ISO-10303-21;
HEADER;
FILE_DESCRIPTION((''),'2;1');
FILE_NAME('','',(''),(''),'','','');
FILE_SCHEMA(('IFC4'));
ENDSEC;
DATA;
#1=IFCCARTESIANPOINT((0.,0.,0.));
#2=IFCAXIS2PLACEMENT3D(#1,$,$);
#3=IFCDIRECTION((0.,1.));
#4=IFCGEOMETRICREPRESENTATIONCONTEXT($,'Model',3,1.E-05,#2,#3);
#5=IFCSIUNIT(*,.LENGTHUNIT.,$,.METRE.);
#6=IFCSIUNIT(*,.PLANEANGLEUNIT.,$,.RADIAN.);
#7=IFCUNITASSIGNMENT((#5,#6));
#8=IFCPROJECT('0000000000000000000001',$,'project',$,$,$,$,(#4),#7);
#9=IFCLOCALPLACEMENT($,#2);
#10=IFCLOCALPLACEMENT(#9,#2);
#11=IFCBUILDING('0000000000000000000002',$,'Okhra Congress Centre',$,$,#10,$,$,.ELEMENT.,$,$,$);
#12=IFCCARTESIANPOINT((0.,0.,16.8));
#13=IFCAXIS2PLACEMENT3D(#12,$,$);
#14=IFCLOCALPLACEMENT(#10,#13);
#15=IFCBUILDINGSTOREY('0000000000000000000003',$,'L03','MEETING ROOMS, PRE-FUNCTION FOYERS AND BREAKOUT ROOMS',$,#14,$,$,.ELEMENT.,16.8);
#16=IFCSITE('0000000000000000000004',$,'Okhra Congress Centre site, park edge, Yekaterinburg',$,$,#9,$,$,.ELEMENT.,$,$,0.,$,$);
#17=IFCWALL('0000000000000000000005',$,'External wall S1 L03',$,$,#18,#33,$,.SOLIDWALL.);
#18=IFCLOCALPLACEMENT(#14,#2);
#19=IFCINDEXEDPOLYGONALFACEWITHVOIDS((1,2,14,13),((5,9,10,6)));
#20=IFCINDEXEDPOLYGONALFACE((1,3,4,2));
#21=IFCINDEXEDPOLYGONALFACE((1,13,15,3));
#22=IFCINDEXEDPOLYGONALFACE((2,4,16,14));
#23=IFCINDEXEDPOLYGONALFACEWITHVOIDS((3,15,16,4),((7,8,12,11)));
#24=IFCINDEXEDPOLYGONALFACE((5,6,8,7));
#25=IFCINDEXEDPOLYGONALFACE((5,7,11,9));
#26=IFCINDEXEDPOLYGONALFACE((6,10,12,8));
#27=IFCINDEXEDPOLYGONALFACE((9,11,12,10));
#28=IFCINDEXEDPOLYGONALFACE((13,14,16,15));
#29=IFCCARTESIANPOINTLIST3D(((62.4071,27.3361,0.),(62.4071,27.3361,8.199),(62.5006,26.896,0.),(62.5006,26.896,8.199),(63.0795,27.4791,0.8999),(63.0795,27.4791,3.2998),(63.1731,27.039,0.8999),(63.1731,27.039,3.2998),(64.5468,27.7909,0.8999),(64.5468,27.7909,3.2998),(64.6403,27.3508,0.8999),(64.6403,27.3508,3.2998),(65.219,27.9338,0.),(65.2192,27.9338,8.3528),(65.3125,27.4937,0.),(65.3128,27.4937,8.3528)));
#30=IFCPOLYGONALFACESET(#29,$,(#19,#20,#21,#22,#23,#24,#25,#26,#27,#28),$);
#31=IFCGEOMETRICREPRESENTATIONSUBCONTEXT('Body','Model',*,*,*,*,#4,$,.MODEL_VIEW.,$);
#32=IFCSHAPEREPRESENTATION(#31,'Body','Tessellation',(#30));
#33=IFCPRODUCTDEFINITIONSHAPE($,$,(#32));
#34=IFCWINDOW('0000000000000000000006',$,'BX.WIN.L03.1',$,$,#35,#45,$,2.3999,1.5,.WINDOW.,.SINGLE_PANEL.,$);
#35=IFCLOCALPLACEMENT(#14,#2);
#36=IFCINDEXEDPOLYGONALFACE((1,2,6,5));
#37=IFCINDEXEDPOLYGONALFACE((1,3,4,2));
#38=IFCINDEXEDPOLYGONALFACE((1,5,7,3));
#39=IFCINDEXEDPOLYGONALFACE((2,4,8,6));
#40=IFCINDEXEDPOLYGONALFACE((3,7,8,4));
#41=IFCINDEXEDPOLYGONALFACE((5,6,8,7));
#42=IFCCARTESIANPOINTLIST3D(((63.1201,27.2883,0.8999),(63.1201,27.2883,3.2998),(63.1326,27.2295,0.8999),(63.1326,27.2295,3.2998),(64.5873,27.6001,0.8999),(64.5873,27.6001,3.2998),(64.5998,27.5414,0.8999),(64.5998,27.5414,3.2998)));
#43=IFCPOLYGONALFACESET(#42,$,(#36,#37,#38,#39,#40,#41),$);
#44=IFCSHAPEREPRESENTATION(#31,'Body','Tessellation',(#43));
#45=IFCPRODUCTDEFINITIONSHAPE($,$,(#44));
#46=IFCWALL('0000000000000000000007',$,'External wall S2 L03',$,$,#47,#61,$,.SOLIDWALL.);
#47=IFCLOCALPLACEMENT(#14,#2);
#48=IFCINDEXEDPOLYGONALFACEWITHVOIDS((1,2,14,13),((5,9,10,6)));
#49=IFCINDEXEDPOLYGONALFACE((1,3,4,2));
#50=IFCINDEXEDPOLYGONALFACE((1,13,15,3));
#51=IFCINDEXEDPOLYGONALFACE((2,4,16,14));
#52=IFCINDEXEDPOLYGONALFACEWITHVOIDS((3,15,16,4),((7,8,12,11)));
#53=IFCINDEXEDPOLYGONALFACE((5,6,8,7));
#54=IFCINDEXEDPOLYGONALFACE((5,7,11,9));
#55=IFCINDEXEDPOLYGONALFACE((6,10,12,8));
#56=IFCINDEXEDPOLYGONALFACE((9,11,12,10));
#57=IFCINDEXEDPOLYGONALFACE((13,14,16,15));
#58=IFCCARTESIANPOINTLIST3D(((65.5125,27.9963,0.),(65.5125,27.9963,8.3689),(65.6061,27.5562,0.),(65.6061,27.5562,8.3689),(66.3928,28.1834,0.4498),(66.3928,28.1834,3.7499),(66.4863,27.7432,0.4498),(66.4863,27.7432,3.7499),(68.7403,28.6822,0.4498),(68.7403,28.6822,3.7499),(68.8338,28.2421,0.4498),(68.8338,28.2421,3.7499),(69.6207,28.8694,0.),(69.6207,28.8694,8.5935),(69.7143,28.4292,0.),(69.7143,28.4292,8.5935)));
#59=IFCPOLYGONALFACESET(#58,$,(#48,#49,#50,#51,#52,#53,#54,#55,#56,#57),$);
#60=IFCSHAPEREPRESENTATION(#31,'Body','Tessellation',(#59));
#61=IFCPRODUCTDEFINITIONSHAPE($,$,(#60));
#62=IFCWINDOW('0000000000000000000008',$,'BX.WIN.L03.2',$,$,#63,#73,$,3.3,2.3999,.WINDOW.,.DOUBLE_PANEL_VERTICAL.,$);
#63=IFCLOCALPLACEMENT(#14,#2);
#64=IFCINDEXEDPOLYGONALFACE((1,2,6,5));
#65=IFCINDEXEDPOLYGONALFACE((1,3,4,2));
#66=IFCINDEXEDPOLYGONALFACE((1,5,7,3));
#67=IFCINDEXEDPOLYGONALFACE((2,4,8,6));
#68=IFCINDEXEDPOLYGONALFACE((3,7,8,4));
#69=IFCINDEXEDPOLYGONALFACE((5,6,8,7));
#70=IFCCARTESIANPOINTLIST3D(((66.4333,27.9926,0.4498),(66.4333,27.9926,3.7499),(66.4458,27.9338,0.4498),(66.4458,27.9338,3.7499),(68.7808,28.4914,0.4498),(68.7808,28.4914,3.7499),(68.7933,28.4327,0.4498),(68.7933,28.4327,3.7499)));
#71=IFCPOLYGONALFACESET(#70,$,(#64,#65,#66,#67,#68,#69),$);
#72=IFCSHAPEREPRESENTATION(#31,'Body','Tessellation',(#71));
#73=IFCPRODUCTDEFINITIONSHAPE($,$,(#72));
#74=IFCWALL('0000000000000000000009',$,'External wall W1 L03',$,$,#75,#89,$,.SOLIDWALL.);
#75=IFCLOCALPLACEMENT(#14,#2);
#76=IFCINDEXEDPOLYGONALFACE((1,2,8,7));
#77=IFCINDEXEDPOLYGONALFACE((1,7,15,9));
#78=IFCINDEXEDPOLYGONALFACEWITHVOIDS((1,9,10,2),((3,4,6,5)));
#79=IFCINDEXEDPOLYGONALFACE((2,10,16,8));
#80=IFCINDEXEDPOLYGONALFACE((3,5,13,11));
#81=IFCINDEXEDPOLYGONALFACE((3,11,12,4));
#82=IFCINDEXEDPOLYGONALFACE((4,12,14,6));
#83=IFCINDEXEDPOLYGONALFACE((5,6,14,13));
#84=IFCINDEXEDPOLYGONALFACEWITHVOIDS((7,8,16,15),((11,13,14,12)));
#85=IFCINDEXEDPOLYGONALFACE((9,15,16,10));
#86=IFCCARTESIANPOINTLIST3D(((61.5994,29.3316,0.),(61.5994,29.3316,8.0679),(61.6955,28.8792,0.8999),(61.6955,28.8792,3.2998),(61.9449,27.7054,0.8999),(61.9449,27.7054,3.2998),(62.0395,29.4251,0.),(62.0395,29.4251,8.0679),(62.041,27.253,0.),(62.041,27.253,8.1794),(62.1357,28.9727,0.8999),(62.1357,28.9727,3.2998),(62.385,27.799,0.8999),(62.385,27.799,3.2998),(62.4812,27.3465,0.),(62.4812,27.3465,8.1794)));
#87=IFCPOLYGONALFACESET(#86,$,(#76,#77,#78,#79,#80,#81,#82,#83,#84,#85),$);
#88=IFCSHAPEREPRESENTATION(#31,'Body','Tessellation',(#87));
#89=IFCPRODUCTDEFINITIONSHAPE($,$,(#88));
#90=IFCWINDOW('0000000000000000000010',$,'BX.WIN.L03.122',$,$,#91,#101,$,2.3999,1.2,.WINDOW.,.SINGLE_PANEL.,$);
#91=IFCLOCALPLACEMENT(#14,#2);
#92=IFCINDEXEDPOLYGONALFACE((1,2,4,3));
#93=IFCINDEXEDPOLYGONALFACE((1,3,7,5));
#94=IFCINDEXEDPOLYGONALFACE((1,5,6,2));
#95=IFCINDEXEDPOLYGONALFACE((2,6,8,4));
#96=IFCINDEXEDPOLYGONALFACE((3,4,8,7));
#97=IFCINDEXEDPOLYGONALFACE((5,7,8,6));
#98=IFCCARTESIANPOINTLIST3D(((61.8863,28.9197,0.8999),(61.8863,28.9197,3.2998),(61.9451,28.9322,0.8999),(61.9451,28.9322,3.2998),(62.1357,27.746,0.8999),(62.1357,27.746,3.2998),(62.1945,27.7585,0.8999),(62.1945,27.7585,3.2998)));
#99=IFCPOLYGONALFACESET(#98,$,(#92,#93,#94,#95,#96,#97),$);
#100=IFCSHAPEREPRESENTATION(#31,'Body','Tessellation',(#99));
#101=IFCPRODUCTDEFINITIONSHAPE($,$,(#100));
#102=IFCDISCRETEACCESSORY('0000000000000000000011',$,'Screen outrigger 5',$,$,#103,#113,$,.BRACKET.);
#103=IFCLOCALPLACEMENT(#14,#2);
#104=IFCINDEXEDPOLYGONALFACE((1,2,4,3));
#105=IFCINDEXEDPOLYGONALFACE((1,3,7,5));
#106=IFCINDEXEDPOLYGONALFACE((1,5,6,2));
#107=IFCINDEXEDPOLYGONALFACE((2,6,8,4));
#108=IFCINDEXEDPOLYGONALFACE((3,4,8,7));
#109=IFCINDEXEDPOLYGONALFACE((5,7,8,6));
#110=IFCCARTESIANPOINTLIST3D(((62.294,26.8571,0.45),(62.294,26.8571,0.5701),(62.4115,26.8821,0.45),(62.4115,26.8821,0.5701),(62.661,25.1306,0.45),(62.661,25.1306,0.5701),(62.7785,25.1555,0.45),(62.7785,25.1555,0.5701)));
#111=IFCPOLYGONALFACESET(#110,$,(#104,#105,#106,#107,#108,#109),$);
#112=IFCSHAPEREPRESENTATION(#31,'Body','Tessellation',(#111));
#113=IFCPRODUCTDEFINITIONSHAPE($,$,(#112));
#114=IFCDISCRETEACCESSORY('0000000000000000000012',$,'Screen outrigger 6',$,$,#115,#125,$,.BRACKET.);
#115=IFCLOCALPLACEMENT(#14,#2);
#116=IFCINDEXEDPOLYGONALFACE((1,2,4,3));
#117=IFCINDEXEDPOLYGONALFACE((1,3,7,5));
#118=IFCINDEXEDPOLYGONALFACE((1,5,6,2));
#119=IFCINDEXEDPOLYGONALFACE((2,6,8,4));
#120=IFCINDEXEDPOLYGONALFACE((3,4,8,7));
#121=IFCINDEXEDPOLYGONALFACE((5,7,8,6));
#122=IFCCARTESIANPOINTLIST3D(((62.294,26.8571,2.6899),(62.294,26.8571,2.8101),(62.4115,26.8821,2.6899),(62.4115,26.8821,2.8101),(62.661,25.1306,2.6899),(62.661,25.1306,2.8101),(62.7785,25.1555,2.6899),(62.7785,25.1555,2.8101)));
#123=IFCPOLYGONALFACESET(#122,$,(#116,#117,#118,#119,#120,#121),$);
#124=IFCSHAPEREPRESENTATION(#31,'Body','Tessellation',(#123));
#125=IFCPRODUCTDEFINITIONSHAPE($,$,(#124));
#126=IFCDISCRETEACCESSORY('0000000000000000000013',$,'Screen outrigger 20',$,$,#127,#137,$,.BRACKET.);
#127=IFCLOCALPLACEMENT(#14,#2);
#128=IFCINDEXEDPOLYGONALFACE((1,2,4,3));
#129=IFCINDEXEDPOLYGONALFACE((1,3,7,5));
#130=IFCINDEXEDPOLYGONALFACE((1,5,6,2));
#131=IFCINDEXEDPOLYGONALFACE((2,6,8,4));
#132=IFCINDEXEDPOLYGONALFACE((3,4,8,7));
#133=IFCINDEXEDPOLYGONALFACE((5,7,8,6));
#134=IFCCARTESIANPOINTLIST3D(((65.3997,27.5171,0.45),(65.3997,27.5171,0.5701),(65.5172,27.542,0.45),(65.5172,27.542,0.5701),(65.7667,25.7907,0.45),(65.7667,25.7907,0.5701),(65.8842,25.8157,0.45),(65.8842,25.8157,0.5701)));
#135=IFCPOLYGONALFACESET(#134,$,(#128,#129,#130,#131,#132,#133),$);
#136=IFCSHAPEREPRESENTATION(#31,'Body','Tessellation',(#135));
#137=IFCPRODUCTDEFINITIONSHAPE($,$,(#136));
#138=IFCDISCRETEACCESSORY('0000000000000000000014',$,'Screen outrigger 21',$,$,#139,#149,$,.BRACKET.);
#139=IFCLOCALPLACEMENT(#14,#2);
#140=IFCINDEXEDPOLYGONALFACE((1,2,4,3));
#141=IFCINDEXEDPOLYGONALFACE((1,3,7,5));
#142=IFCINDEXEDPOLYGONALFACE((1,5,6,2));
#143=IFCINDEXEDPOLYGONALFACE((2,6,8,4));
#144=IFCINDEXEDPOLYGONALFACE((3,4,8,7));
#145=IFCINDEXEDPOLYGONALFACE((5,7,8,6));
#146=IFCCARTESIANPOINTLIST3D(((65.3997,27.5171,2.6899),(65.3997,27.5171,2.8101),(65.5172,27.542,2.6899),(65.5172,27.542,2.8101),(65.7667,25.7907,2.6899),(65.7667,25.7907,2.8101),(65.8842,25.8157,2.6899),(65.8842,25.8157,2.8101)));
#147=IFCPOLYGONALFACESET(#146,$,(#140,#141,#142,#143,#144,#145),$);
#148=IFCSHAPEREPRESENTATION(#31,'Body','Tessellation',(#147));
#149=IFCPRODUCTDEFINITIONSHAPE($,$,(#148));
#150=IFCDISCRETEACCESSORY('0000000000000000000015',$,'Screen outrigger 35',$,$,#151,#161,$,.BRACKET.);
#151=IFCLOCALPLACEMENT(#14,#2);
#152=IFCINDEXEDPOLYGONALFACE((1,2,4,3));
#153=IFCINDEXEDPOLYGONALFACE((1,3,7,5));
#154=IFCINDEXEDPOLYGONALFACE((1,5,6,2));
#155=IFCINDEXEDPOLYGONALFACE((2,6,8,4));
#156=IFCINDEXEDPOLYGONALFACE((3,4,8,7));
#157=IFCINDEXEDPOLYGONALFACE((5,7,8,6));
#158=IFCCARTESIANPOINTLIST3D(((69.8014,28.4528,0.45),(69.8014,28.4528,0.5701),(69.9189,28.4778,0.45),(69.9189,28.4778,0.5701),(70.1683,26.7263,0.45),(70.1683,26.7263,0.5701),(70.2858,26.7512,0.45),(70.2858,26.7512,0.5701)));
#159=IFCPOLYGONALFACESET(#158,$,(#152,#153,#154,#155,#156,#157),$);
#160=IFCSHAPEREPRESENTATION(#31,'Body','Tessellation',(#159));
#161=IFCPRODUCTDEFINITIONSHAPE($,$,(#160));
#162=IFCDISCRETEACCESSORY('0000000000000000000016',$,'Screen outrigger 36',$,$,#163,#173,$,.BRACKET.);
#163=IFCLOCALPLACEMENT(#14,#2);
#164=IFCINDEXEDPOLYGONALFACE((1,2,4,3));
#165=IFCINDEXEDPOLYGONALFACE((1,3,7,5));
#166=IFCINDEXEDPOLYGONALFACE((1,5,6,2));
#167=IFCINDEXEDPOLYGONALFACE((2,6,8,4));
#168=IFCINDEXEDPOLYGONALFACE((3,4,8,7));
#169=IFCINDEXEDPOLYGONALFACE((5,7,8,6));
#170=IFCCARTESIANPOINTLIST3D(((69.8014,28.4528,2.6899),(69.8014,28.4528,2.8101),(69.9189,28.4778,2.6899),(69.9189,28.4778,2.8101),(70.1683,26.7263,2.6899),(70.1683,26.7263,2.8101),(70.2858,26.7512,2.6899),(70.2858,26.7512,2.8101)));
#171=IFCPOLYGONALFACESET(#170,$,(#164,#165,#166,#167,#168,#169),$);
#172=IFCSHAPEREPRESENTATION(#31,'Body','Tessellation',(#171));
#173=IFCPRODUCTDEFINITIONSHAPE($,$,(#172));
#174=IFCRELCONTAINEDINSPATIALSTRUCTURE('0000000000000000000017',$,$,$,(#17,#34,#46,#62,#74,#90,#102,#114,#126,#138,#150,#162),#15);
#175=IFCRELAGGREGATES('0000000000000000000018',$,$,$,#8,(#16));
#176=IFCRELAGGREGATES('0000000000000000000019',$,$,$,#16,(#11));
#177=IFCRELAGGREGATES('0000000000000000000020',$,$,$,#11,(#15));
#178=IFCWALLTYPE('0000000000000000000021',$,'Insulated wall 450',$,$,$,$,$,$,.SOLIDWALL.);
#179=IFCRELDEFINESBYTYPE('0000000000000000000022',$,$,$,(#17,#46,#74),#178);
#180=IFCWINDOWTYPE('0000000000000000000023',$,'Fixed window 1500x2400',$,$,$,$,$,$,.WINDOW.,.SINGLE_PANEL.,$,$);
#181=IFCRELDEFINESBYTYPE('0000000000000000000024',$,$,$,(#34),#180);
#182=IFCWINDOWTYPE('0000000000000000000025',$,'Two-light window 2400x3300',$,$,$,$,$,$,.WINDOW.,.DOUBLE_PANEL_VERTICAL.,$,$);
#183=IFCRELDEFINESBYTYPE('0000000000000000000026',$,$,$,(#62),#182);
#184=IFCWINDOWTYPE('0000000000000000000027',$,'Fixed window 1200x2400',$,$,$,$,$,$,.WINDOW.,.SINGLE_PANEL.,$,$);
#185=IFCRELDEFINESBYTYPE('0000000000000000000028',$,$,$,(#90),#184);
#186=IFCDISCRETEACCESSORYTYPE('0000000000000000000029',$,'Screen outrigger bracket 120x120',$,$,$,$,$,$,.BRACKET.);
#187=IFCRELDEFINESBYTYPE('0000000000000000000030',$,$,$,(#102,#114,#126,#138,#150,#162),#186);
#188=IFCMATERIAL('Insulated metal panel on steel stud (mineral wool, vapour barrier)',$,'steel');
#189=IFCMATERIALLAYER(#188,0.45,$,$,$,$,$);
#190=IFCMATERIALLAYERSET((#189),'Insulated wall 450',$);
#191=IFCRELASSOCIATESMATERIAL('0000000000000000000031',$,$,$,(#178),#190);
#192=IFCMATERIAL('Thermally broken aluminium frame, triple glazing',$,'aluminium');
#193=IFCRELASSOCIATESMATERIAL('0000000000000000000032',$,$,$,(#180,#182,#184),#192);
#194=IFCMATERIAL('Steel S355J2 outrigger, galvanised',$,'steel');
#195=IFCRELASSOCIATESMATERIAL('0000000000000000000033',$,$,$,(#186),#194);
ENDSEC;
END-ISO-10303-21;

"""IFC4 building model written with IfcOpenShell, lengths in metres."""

from ifc_helpers import new_model, si_unit, direction, frame, frame_2d, origin, origin_2d, place, context, subcontext, project, spatial, polyline, rectangle, outline, extrude, material, layer, layer_set, material_profile, profile_set, type_object, element, fill, save


model = new_model("IFC4")

# Units and contexts
model_context = context("Model", 3, precision=1e-05, world=origin(), true_north=direction((0.0, 1.0)))
body_context = subcontext(model_context, "Body", "Model", "MODEL_VIEW")
ifc_project = project(units=[si_unit("LENGTHUNIT", "METRE"), si_unit("PLANEANGLEUNIT", "RADIAN")], contexts=[model_context])

# Site, building, storey
site_placement = place(None, origin())
site = spatial("IfcSite", under=ifc_project, at=site_placement, Name="Okhra Congress Centre site, park edge, Yekaterinburg", CompositionType="ELEMENT", RefElevation=0.0)
building_placement = place(site_placement, origin())
building = spatial("IfcBuilding", under=site, at=building_placement, Name="Okhra Congress Centre", CompositionType="ELEMENT")
storey_placement = place(building_placement, frame((0.0, 0.0, 16.8)))
storey = spatial("IfcBuildingStorey", under=building, at=storey_placement, Name="L03", Description="MEETING ROOMS, PRE-FUNCTION FOYERS AND BREAKOUT ROOMS", CompositionType="ELEMENT", Elevation=16.8)

# Walls, openings, windows
ifc_material_1 = material(Name="Insulated metal panel on steel stud (mineral wool, vapour barrier)", Category="steel")
ifc_layer = layer(ifc_material_1, 0.45)
ifc_layer_set = layer_set([ifc_layer], Name="Insulated wall 450")
wall_type = type_object("IfcWallType", Name="Insulated wall 450", PredefinedType="SOLIDWALL", material=ifc_layer_set)
wall_1_placement = place(storey_placement, frame((62.4539, 27.116, 0.0), z_axis=(0.0, 0.0, 1.0), x_axis=(0.978152, 0.207893, 0.0)))
wall_1 = element("IfcWall", 1, at=wall_1_placement, inside=storey, type_object=wall_type, Name="External wall S1 L03", PredefinedType="SOLIDWALL", context=body_context, shape_type="SweptSolid", body=[
    extrude(outline(polyline([(0.0, 0.0), (2.8748, 0.0), (2.875, 8.3528), (0.0, 8.199), (0.0, 0.0)])), frame((0.0, 0.2251, 0.0), z_axis=(0.0, -1.0, 0.0), x_axis=(1.0, 0.0, 0.0)), (0.0, 0.0, 1.0), 0.45),
])
opening_1_placement = place(wall_1_placement, frame((0.6875, 0.0, 0.8999)))
opening_1 = element("IfcOpeningElement", 2, at=opening_1_placement, cuts=wall_1, PredefinedType="OPENING", context=body_context, shape_type="SweptSolid", body=[
    extrude(rectangle(XDim=1.5, YDim=2.3999, at=frame_2d((0.75, 1.2))), frame((0.0, 0.2349, 0.0), z_axis=(0.0, -1.0, 0.0), x_axis=(1.0, 0.0, 0.0)), (0.0, 0.0, 1.0), 0.47),
])
ifc_material_2 = material(Name="Thermally broken aluminium frame, triple glazing", Category="aluminium")
window_type_1 = type_object("IfcWindowType", Name="Fixed window 1500x2400", PartitioningType="SINGLE_PANEL", PredefinedType="WINDOW", material=ifc_material_2)
window_1_placement = place(opening_1_placement, origin())
window_1 = element("IfcWindow", 3, at=window_1_placement, inside=storey, type_object=window_type_1, Name="BX.WIN.L03.1", OverallHeight=2.3999, OverallWidth=1.5, PartitioningType="SINGLE_PANEL", PredefinedType="WINDOW", context=body_context, shape_type="SweptSolid", body=[
    extrude(rectangle(XDim=1.5, YDim=2.3999, at=frame_2d((0.75, 1.2))), frame((0.0, 0.03, 0.0), z_axis=(0.0, -1.0, 0.0), x_axis=(1.0, 0.0, 0.0)), (0.0, 0.0, 1.0), 0.0601),
])
fill(opening_1, window_1)
wall_2_placement = place(storey_placement, frame((65.5593, 27.7761, 0.0), z_axis=(0.0, 0.0, 1.0), x_axis=(0.978156, 0.207873, 0.0)))
wall_2 = element("IfcWall", 4, at=wall_2_placement, inside=storey, type_object=wall_type, Name="External wall S2 L03", PredefinedType="SOLIDWALL", context=body_context, shape_type="SweptSolid", body=[
    extrude(outline(polyline([(0.0, 0.0), (4.2, 0.0), (4.2, 8.5935), (0.0, 8.3689), (0.0, 0.0)])), frame((0.0, 0.2251, 0.0), z_axis=(0.0, -1.0, 0.0), x_axis=(1.0, 0.0, 0.0)), (0.0, 0.0, 1.0), 0.45),
])
opening_2_placement = place(wall_2_placement, frame((0.8999, 0.0, 0.45)))
opening_2 = element("IfcOpeningElement", 5, at=opening_2_placement, cuts=wall_2, PredefinedType="OPENING", context=body_context, shape_type="SweptSolid", body=[
    extrude(rectangle(XDim=2.3999, YDim=3.3, at=frame_2d((1.2, 1.6499))), frame((0.0, 0.2349, 0.0), z_axis=(0.0, -1.0, 0.0), x_axis=(1.0, 0.0, 0.0)), (0.0, 0.0, 1.0), 0.47),
])
window_type_2 = type_object("IfcWindowType", Name="Two-light window 2400x3300", PartitioningType="DOUBLE_PANEL_VERTICAL", PredefinedType="WINDOW", material=ifc_material_2)
window_2_placement = place(opening_2_placement, origin())
window_2 = element("IfcWindow", 6, at=window_2_placement, inside=storey, type_object=window_type_2, Name="BX.WIN.L03.2", OverallHeight=3.3, OverallWidth=2.3999, PartitioningType="DOUBLE_PANEL_VERTICAL", PredefinedType="WINDOW", context=body_context, shape_type="SweptSolid", body=[
    extrude(rectangle(XDim=2.3999, YDim=3.3, at=frame_2d((1.2, 1.6499))), frame((0.0, 0.03, 0.0), z_axis=(0.0, -1.0, 0.0), x_axis=(1.0, 0.0, 0.0)), (0.0, 0.0, 1.0), 0.0601),
])
fill(opening_2, window_2)
wall_3_placement = place(storey_placement, frame((62.2612, 27.2998, 0.0), z_axis=(0.0, 0.0, 1.0), x_axis=(-0.207834, 0.978164, 0.0)))
wall_3 = element("IfcWall", 7, at=wall_3_placement, inside=storey, type_object=wall_type, Name="External wall W1 L03", PredefinedType="SOLIDWALL", context=body_context, shape_type="SweptSolid", body=[
    extrude(outline(polyline([(0.0, 0.0), (2.125, 0.0), (2.125, 8.0679), (0.0, 8.1794), (0.0, 0.0)])), frame((0.0, 0.2251, 0.0), z_axis=(0.0, -1.0, 0.0), x_axis=(1.0, 0.0, 0.0)), (0.0, 0.0, 1.0), 0.45),
])
opening_3_placement = place(wall_3_placement, frame((0.4624, 0.0, 0.8999)))
opening_3 = element("IfcOpeningElement", 8, at=opening_3_placement, cuts=wall_3, PredefinedType="OPENING", context=body_context, shape_type="SweptSolid", body=[
    extrude(rectangle(XDim=1.2, YDim=2.3999, at=frame_2d((0.6001, 1.2))), frame((0.0, 0.2349, 0.0), z_axis=(0.0, -1.0, 0.0), x_axis=(1.0, 0.0, 0.0)), (0.0, 0.0, 1.0), 0.47),
])
window_type_3 = type_object("IfcWindowType", Name="Fixed window 1200x2400", PartitioningType="SINGLE_PANEL", PredefinedType="WINDOW", material=ifc_material_2)
window_3_placement = place(opening_3_placement, origin())
window_3 = element("IfcWindow", 9, at=window_3_placement, inside=storey, type_object=window_type_3, Name="BX.WIN.L03.122", OverallHeight=2.3999, OverallWidth=1.2, PartitioningType="SINGLE_PANEL", PredefinedType="WINDOW", context=body_context, shape_type="SweptSolid", body=[
    extrude(rectangle(XDim=1.2, YDim=2.3999, at=frame_2d((0.6001, 1.2))), frame((0.0, 0.03, 0.0), z_axis=(0.0, -1.0, 0.0), x_axis=(1.0, 0.0, 0.0)), (0.0, 0.0, 1.0), 0.0601),
])
fill(opening_3, window_3)

# Discrete accessories
ifc_material_3 = material(Name="Steel S355J2 outrigger, galvanised", Category="steel")
ifc_material_profile_1 = material_profile(ifc_material_3, rectangle(XDim=0.1201, YDim=0.1201, at=origin_2d()), Name="Screen outrigger bracket 120x120")
ifc_profile_set_1 = profile_set([ifc_material_profile_1], Name="Steel S355J2 outrigger, galvanised")
discrete_accessory_type = type_object("IfcDiscreteAccessoryType", Name="Screen outrigger bracket 120x120", PredefinedType="BRACKET", material=ifc_profile_set_1)
for number, where, z_axis, x_axis, name in (
    (10, (62.3528, 26.8696, 0.51), (0.207885, -0.978153, 0.0), (0.978153, 0.207885, 0.0), "Screen outrigger 5"),
    (11, (62.3528, 26.8696, 2.75), (0.207885, -0.978153, 0.0), (0.978153, 0.207885, 0.0), "Screen outrigger 6"),
):
    element("IfcDiscreteAccessory", number, at=place(storey_placement, frame(where, z_axis=z_axis, x_axis=x_axis)), inside=storey, type_object=discrete_accessory_type, Name=name, PredefinedType="BRACKET", context=body_context, shape_type="SweptSolid", body=[
        extrude(rectangle(XDim=0.1201, YDim=0.1201, at=origin_2d()), origin(), (0.0, 0.0, 1.0), 1.7651),
    ])
for number, where, z_axis, x_axis, name in (
    (12, (65.4585, 27.5295, 0.51), (0.207913, -0.978147, 0.0), (0.978147, 0.207913, 0.0), "Screen outrigger 20"),
    (13, (65.4585, 27.5295, 2.75), (0.207913, -0.978147, 0.0), (0.978147, 0.207913, 0.0), "Screen outrigger 21"),
):
    element("IfcDiscreteAccessory", number, at=place(storey_placement, frame(where, z_axis=z_axis, x_axis=x_axis)), inside=storey, type_object=discrete_accessory_type, Name=name, PredefinedType="BRACKET", context=body_context, shape_type="SweptSolid", body=[
        extrude(rectangle(XDim=0.1201, YDim=0.1201, at=origin_2d()), origin(), (0.0, 0.0, 1.0), 1.7649),
    ])
for number, where, z_axis, x_axis, name in (
    (14, (69.8601, 28.4653, 0.51), (0.207885, -0.978153, 0.0), (0.978153, 0.207885, 0.0), "Screen outrigger 35"),
    (15, (69.8601, 28.4653, 2.75), (0.207885, -0.978153, 0.0), (0.978153, 0.207885, 0.0), "Screen outrigger 36"),
):
    element("IfcDiscreteAccessory", number, at=place(storey_placement, frame(where, z_axis=z_axis, x_axis=x_axis)), inside=storey, type_object=discrete_accessory_type, Name=name, PredefinedType="BRACKET", context=body_context, shape_type="SweptSolid", body=[
        extrude(rectangle(XDim=0.1201, YDim=0.1201, at=origin_2d()), origin(), (0.0, 0.0, 1.0), 1.7651),
    ])

save(model, "model.ifc")
